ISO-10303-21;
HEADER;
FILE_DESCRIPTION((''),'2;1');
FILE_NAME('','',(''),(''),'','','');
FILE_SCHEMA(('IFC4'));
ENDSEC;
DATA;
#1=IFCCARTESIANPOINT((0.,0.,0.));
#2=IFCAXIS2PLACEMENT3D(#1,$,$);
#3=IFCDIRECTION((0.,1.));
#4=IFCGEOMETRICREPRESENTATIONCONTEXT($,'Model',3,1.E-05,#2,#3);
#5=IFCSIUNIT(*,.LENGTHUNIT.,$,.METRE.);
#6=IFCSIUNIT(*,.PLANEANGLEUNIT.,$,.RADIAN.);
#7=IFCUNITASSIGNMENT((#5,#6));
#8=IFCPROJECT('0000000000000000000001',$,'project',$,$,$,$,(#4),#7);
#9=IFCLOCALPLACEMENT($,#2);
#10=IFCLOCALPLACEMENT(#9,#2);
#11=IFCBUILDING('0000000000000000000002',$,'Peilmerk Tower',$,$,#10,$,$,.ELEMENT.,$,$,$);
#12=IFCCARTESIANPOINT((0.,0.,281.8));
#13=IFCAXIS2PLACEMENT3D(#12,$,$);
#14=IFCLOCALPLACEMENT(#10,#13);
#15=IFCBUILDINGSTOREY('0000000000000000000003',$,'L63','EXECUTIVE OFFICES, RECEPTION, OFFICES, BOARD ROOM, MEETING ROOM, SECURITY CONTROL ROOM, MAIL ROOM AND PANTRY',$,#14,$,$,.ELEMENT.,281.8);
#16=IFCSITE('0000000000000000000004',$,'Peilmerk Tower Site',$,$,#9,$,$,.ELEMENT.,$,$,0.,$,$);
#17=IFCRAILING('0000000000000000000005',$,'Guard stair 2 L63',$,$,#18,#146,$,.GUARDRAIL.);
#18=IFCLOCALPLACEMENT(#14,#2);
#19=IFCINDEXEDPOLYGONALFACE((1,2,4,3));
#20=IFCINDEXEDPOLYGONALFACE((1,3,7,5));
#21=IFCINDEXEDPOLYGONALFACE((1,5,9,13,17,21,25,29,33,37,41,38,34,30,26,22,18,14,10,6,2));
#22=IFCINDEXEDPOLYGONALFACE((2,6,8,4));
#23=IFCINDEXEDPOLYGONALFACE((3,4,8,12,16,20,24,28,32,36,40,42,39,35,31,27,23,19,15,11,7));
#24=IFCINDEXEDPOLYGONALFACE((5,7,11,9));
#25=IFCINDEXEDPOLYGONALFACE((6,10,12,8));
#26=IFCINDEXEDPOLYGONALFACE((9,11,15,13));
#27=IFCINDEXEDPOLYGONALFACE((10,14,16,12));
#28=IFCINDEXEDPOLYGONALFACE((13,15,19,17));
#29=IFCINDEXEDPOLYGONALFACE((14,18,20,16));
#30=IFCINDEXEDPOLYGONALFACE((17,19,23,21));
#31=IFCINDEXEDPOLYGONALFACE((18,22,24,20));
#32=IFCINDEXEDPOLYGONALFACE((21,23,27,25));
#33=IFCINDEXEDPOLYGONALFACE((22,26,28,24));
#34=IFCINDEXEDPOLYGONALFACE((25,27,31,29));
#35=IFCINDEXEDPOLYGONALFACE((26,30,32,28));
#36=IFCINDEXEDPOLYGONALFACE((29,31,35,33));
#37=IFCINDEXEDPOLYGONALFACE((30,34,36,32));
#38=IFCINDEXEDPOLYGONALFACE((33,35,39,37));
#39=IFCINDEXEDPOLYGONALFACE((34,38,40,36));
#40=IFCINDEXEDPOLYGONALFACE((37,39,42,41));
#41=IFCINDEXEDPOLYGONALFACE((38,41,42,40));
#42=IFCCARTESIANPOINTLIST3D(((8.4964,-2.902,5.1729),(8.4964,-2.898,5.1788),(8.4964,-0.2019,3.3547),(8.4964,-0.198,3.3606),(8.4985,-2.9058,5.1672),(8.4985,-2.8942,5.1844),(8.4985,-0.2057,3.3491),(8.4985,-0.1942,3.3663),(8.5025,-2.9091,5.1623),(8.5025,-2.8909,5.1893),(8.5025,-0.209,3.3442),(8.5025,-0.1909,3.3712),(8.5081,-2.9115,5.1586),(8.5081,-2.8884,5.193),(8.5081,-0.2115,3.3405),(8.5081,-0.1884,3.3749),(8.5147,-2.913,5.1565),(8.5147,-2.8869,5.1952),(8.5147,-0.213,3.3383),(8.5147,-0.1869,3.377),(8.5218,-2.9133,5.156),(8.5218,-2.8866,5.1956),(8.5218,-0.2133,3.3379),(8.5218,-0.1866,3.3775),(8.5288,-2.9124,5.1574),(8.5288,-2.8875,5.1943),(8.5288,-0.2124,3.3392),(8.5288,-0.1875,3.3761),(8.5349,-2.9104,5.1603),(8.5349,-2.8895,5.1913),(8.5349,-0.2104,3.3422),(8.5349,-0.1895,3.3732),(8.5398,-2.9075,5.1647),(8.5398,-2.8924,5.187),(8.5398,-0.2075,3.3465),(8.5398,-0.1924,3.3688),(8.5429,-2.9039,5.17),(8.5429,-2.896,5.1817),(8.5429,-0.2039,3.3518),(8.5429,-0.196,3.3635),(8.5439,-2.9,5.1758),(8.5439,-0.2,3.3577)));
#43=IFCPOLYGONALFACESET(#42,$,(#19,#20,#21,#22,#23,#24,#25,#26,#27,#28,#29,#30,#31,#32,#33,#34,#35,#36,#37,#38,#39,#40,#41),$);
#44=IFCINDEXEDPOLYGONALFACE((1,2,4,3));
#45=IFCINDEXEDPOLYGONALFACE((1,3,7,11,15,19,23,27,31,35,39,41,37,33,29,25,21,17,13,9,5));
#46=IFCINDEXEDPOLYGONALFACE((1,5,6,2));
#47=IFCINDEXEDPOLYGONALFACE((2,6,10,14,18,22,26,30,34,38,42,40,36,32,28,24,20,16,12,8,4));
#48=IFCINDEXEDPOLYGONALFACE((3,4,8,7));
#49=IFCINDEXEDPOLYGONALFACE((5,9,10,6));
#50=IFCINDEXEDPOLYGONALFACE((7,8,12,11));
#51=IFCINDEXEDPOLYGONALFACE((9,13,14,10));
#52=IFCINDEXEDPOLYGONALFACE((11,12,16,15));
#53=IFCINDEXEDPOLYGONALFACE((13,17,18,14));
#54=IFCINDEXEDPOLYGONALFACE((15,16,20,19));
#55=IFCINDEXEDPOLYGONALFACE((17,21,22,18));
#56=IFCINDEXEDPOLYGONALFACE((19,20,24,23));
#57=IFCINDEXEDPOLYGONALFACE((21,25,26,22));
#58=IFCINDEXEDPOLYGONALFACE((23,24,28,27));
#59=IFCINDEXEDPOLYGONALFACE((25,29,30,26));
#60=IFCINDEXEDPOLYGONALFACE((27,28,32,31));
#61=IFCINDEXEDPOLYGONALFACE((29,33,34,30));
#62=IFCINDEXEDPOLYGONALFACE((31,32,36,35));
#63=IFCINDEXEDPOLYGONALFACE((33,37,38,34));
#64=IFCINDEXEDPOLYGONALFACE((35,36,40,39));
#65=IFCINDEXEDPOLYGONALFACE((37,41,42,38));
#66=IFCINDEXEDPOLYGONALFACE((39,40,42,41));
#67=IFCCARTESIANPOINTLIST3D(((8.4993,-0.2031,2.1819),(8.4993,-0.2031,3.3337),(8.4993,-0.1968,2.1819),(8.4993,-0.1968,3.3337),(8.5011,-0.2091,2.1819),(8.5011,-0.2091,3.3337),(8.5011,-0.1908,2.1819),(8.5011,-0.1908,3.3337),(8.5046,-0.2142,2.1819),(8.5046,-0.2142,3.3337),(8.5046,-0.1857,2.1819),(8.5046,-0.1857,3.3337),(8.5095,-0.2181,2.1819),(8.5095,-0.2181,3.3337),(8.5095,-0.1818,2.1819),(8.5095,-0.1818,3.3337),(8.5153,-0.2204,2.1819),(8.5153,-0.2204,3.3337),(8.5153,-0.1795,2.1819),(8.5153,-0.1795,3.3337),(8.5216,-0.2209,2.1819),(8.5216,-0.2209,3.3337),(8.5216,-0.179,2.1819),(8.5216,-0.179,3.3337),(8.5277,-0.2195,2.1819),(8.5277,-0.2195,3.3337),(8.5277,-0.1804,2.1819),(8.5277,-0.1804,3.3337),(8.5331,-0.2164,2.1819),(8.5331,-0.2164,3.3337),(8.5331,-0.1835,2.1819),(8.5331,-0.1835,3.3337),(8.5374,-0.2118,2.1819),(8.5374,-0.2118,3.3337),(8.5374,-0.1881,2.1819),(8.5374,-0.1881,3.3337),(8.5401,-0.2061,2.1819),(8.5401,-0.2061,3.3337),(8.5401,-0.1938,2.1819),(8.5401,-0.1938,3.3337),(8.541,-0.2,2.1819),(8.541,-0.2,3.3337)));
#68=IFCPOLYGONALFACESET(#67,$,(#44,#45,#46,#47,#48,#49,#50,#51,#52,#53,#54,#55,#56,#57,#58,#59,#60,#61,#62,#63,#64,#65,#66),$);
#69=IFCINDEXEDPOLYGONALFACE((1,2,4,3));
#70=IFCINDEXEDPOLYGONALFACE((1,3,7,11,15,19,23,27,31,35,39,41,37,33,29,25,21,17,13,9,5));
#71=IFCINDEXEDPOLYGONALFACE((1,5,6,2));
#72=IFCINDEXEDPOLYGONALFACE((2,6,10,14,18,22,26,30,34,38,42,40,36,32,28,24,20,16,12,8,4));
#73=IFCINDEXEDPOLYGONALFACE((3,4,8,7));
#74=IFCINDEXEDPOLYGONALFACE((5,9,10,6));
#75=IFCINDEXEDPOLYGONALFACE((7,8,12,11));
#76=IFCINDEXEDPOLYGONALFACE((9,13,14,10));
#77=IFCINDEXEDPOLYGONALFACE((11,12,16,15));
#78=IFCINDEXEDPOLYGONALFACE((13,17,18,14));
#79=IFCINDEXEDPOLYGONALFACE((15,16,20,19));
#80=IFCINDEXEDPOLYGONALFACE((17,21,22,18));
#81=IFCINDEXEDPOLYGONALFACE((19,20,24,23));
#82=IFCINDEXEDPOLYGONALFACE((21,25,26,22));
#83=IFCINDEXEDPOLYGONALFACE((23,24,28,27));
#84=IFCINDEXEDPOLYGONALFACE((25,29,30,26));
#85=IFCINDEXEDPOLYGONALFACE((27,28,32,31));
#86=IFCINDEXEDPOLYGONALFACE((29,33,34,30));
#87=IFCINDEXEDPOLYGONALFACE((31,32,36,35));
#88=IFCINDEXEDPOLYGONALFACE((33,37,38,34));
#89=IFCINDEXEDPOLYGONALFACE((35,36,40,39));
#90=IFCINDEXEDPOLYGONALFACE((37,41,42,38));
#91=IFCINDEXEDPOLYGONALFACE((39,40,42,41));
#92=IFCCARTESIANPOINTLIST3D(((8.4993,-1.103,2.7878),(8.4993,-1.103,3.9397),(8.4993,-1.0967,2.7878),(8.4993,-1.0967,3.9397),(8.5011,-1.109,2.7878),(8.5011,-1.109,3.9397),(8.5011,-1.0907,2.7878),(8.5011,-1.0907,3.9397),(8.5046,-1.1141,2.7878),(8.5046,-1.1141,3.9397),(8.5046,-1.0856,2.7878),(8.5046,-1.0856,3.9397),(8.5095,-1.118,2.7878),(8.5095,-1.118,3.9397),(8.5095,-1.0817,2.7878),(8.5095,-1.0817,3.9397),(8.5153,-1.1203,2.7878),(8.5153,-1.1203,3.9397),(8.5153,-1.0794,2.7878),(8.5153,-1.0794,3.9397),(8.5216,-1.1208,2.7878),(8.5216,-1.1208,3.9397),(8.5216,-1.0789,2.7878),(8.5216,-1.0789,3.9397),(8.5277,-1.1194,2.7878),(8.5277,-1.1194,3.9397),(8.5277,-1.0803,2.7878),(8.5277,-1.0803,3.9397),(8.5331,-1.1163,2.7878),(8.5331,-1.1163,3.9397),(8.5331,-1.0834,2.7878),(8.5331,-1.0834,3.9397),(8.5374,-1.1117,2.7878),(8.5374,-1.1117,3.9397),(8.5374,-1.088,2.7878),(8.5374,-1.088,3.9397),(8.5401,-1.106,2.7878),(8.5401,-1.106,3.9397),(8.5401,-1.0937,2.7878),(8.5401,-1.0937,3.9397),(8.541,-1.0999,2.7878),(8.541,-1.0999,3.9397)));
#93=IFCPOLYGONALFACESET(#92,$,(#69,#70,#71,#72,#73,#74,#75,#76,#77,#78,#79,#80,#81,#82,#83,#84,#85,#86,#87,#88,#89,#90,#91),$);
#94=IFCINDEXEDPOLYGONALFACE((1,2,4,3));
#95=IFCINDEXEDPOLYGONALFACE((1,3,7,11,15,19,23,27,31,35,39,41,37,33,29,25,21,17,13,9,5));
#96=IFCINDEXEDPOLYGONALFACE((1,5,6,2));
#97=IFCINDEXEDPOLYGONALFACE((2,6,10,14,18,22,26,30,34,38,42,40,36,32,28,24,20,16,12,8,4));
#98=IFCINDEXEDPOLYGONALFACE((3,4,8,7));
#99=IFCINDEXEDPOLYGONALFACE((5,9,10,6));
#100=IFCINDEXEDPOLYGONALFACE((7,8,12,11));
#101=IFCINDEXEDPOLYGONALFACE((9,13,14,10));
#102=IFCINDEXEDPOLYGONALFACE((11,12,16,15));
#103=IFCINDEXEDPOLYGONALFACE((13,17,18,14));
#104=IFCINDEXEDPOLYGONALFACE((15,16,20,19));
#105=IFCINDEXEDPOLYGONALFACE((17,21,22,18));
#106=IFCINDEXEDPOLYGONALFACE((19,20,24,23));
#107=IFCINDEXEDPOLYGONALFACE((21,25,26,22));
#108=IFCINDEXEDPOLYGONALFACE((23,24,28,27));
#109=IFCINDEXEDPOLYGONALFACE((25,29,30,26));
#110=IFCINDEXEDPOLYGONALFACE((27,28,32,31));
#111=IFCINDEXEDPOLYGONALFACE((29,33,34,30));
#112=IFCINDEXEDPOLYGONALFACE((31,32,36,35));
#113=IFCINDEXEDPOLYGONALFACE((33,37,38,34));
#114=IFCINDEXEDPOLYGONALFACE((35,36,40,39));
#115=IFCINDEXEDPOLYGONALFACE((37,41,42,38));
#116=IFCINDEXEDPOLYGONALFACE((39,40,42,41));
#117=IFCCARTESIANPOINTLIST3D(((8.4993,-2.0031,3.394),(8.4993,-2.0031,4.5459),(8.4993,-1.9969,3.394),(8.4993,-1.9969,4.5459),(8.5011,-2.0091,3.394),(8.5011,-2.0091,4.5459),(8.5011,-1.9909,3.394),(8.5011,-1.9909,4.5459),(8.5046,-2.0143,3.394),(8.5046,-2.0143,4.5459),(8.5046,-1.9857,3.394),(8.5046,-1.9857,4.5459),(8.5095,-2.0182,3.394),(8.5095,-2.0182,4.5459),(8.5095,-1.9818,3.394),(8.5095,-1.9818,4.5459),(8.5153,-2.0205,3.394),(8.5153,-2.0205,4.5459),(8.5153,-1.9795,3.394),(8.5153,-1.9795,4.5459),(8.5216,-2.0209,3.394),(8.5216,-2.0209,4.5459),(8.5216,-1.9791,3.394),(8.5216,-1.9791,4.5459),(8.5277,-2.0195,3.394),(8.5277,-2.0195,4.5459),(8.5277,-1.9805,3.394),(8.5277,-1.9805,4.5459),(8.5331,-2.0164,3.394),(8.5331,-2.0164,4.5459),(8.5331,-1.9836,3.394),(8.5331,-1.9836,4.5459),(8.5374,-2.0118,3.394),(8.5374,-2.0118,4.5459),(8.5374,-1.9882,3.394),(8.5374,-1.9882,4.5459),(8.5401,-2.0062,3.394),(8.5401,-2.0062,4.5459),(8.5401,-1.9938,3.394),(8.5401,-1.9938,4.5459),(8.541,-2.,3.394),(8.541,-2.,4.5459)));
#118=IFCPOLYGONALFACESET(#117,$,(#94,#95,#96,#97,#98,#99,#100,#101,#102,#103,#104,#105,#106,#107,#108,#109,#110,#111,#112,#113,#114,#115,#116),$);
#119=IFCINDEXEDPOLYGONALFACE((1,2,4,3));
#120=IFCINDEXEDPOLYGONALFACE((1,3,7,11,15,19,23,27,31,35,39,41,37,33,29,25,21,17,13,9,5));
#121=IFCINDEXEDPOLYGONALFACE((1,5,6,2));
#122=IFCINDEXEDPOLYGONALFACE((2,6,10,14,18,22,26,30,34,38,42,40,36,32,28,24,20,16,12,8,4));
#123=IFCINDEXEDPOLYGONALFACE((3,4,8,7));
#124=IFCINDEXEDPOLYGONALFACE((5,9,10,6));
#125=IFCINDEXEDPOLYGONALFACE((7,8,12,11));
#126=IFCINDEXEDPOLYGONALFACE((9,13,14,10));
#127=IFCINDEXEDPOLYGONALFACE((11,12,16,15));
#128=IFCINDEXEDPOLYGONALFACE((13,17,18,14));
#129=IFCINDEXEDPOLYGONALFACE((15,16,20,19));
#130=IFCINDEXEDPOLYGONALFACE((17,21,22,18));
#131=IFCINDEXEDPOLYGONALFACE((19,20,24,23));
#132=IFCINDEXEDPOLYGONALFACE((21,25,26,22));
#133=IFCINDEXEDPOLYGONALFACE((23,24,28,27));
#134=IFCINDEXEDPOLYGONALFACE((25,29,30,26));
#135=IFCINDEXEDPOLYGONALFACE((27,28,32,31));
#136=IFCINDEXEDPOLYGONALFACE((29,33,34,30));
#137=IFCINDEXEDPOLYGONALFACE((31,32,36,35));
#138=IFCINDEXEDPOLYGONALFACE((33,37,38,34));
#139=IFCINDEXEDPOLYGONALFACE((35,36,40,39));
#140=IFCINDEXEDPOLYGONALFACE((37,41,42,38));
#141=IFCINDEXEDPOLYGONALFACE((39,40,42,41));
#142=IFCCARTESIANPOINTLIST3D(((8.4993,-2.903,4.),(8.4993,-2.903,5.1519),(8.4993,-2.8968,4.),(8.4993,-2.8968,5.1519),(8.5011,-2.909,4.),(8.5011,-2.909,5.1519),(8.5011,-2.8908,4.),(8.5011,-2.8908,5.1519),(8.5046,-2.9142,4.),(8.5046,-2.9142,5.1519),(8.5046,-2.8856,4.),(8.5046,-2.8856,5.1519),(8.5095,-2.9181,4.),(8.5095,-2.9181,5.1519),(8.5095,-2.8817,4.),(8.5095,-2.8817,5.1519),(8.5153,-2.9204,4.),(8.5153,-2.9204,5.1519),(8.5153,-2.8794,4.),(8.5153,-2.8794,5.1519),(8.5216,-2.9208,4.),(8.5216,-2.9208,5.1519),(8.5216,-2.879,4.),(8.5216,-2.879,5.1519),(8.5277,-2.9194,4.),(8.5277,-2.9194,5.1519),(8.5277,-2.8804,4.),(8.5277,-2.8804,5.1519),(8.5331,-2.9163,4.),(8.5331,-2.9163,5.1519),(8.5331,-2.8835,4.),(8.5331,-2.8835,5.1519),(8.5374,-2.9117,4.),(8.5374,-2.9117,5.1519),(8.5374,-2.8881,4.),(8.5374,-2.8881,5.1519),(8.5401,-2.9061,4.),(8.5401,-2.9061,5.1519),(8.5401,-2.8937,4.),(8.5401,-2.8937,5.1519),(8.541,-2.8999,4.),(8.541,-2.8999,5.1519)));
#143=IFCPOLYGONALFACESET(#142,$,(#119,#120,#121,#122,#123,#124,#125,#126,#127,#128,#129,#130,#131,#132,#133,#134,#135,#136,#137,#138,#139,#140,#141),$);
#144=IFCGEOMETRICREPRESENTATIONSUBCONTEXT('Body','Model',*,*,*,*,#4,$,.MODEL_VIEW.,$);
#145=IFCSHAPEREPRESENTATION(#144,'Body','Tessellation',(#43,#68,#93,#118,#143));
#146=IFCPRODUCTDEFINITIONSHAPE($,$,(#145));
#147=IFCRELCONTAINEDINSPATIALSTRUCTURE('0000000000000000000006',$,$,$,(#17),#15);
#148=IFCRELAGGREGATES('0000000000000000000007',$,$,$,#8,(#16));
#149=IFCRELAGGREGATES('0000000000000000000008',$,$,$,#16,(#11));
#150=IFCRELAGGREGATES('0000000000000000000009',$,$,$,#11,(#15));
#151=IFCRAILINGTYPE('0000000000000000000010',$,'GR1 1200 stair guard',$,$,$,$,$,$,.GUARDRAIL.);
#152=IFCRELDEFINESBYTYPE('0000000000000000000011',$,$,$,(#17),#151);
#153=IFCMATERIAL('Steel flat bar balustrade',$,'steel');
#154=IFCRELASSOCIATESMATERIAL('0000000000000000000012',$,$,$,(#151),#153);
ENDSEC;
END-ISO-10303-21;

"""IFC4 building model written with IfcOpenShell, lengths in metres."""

from ifc_helpers import new_model, si_unit, direction, frame, origin, origin_2d, place, context, subcontext, project, spatial, circle, extrude, material, type_object, element, save


model = new_model("IFC4")

# Units and contexts
model_context = context("Model", 3, precision=1e-05, world=origin(), true_north=direction((0.0, 1.0)))
body_context = subcontext(model_context, "Body", "Model", "MODEL_VIEW")
ifc_project = project(units=[si_unit("LENGTHUNIT", "METRE"), si_unit("PLANEANGLEUNIT", "RADIAN")], contexts=[model_context])

# Site, building, storey
site_placement = place(None, origin())
site = spatial("IfcSite", under=ifc_project, at=site_placement, Name="Peilmerk Tower Site", CompositionType="ELEMENT", RefElevation=0.0)
building_placement = place(site_placement, origin())
building = spatial("IfcBuilding", under=site, at=building_placement, Name="Peilmerk Tower", CompositionType="ELEMENT")
storey_placement = place(building_placement, frame((0.0, 0.0, 281.8)))
storey = spatial("IfcBuildingStorey", under=building, at=storey_placement, Name="L63", Description="EXECUTIVE OFFICES, RECEPTION, OFFICES, BOARD ROOM, MEETING ROOM, SECURITY CONTROL ROOM, MAIL ROOM AND PANTRY", CompositionType="ELEMENT", Elevation=281.8)

# Railing
ifc_material_1 = material(Name="Steel flat bar balustrade", Category="steel")
railing_type_1 = type_object("IfcRailingType", Name="GR1 1200 stair guard", PredefinedType="GUARDRAIL", material=ifc_material_1)
railing_1_placement = place(storey_placement, frame((8.52, -0.2, 2.1819)))
element("IfcRailing", 1, at=railing_1_placement, inside=storey, type_object=railing_type_1, Name="Guard stair 2 L63", PredefinedType="GUARDRAIL", context=body_context, shape_type="SweptSolid", body=[
    extrude(circle(Radius=0.0239, at=origin_2d()), frame((0.0, 0.0, 1.1758), z_axis=(0.0, -0.829468, 0.558554), x_axis=(1.0, 0.0, 0.0)), (0.0, 0.0, 1.0), 3.2551),
    extrude(circle(Radius=0.021, at=origin_2d()), origin(), (0.0, 0.0, 1.0), 1.1519),
    extrude(circle(Radius=0.021, at=origin_2d()), frame((0.0, -0.8999, 0.606)), (0.0, 0.0, 1.0), 1.1519),
    extrude(circle(Radius=0.021, at=origin_2d()), frame((0.0, -1.8, 1.2122)), (0.0, 0.0, 1.0), 1.1519),
    extrude(circle(Radius=0.021, at=origin_2d()), frame((0.0, -2.7, 1.8181)), (0.0, 0.0, 1.0), 1.1519),
])

save(model, "model.ifc")
